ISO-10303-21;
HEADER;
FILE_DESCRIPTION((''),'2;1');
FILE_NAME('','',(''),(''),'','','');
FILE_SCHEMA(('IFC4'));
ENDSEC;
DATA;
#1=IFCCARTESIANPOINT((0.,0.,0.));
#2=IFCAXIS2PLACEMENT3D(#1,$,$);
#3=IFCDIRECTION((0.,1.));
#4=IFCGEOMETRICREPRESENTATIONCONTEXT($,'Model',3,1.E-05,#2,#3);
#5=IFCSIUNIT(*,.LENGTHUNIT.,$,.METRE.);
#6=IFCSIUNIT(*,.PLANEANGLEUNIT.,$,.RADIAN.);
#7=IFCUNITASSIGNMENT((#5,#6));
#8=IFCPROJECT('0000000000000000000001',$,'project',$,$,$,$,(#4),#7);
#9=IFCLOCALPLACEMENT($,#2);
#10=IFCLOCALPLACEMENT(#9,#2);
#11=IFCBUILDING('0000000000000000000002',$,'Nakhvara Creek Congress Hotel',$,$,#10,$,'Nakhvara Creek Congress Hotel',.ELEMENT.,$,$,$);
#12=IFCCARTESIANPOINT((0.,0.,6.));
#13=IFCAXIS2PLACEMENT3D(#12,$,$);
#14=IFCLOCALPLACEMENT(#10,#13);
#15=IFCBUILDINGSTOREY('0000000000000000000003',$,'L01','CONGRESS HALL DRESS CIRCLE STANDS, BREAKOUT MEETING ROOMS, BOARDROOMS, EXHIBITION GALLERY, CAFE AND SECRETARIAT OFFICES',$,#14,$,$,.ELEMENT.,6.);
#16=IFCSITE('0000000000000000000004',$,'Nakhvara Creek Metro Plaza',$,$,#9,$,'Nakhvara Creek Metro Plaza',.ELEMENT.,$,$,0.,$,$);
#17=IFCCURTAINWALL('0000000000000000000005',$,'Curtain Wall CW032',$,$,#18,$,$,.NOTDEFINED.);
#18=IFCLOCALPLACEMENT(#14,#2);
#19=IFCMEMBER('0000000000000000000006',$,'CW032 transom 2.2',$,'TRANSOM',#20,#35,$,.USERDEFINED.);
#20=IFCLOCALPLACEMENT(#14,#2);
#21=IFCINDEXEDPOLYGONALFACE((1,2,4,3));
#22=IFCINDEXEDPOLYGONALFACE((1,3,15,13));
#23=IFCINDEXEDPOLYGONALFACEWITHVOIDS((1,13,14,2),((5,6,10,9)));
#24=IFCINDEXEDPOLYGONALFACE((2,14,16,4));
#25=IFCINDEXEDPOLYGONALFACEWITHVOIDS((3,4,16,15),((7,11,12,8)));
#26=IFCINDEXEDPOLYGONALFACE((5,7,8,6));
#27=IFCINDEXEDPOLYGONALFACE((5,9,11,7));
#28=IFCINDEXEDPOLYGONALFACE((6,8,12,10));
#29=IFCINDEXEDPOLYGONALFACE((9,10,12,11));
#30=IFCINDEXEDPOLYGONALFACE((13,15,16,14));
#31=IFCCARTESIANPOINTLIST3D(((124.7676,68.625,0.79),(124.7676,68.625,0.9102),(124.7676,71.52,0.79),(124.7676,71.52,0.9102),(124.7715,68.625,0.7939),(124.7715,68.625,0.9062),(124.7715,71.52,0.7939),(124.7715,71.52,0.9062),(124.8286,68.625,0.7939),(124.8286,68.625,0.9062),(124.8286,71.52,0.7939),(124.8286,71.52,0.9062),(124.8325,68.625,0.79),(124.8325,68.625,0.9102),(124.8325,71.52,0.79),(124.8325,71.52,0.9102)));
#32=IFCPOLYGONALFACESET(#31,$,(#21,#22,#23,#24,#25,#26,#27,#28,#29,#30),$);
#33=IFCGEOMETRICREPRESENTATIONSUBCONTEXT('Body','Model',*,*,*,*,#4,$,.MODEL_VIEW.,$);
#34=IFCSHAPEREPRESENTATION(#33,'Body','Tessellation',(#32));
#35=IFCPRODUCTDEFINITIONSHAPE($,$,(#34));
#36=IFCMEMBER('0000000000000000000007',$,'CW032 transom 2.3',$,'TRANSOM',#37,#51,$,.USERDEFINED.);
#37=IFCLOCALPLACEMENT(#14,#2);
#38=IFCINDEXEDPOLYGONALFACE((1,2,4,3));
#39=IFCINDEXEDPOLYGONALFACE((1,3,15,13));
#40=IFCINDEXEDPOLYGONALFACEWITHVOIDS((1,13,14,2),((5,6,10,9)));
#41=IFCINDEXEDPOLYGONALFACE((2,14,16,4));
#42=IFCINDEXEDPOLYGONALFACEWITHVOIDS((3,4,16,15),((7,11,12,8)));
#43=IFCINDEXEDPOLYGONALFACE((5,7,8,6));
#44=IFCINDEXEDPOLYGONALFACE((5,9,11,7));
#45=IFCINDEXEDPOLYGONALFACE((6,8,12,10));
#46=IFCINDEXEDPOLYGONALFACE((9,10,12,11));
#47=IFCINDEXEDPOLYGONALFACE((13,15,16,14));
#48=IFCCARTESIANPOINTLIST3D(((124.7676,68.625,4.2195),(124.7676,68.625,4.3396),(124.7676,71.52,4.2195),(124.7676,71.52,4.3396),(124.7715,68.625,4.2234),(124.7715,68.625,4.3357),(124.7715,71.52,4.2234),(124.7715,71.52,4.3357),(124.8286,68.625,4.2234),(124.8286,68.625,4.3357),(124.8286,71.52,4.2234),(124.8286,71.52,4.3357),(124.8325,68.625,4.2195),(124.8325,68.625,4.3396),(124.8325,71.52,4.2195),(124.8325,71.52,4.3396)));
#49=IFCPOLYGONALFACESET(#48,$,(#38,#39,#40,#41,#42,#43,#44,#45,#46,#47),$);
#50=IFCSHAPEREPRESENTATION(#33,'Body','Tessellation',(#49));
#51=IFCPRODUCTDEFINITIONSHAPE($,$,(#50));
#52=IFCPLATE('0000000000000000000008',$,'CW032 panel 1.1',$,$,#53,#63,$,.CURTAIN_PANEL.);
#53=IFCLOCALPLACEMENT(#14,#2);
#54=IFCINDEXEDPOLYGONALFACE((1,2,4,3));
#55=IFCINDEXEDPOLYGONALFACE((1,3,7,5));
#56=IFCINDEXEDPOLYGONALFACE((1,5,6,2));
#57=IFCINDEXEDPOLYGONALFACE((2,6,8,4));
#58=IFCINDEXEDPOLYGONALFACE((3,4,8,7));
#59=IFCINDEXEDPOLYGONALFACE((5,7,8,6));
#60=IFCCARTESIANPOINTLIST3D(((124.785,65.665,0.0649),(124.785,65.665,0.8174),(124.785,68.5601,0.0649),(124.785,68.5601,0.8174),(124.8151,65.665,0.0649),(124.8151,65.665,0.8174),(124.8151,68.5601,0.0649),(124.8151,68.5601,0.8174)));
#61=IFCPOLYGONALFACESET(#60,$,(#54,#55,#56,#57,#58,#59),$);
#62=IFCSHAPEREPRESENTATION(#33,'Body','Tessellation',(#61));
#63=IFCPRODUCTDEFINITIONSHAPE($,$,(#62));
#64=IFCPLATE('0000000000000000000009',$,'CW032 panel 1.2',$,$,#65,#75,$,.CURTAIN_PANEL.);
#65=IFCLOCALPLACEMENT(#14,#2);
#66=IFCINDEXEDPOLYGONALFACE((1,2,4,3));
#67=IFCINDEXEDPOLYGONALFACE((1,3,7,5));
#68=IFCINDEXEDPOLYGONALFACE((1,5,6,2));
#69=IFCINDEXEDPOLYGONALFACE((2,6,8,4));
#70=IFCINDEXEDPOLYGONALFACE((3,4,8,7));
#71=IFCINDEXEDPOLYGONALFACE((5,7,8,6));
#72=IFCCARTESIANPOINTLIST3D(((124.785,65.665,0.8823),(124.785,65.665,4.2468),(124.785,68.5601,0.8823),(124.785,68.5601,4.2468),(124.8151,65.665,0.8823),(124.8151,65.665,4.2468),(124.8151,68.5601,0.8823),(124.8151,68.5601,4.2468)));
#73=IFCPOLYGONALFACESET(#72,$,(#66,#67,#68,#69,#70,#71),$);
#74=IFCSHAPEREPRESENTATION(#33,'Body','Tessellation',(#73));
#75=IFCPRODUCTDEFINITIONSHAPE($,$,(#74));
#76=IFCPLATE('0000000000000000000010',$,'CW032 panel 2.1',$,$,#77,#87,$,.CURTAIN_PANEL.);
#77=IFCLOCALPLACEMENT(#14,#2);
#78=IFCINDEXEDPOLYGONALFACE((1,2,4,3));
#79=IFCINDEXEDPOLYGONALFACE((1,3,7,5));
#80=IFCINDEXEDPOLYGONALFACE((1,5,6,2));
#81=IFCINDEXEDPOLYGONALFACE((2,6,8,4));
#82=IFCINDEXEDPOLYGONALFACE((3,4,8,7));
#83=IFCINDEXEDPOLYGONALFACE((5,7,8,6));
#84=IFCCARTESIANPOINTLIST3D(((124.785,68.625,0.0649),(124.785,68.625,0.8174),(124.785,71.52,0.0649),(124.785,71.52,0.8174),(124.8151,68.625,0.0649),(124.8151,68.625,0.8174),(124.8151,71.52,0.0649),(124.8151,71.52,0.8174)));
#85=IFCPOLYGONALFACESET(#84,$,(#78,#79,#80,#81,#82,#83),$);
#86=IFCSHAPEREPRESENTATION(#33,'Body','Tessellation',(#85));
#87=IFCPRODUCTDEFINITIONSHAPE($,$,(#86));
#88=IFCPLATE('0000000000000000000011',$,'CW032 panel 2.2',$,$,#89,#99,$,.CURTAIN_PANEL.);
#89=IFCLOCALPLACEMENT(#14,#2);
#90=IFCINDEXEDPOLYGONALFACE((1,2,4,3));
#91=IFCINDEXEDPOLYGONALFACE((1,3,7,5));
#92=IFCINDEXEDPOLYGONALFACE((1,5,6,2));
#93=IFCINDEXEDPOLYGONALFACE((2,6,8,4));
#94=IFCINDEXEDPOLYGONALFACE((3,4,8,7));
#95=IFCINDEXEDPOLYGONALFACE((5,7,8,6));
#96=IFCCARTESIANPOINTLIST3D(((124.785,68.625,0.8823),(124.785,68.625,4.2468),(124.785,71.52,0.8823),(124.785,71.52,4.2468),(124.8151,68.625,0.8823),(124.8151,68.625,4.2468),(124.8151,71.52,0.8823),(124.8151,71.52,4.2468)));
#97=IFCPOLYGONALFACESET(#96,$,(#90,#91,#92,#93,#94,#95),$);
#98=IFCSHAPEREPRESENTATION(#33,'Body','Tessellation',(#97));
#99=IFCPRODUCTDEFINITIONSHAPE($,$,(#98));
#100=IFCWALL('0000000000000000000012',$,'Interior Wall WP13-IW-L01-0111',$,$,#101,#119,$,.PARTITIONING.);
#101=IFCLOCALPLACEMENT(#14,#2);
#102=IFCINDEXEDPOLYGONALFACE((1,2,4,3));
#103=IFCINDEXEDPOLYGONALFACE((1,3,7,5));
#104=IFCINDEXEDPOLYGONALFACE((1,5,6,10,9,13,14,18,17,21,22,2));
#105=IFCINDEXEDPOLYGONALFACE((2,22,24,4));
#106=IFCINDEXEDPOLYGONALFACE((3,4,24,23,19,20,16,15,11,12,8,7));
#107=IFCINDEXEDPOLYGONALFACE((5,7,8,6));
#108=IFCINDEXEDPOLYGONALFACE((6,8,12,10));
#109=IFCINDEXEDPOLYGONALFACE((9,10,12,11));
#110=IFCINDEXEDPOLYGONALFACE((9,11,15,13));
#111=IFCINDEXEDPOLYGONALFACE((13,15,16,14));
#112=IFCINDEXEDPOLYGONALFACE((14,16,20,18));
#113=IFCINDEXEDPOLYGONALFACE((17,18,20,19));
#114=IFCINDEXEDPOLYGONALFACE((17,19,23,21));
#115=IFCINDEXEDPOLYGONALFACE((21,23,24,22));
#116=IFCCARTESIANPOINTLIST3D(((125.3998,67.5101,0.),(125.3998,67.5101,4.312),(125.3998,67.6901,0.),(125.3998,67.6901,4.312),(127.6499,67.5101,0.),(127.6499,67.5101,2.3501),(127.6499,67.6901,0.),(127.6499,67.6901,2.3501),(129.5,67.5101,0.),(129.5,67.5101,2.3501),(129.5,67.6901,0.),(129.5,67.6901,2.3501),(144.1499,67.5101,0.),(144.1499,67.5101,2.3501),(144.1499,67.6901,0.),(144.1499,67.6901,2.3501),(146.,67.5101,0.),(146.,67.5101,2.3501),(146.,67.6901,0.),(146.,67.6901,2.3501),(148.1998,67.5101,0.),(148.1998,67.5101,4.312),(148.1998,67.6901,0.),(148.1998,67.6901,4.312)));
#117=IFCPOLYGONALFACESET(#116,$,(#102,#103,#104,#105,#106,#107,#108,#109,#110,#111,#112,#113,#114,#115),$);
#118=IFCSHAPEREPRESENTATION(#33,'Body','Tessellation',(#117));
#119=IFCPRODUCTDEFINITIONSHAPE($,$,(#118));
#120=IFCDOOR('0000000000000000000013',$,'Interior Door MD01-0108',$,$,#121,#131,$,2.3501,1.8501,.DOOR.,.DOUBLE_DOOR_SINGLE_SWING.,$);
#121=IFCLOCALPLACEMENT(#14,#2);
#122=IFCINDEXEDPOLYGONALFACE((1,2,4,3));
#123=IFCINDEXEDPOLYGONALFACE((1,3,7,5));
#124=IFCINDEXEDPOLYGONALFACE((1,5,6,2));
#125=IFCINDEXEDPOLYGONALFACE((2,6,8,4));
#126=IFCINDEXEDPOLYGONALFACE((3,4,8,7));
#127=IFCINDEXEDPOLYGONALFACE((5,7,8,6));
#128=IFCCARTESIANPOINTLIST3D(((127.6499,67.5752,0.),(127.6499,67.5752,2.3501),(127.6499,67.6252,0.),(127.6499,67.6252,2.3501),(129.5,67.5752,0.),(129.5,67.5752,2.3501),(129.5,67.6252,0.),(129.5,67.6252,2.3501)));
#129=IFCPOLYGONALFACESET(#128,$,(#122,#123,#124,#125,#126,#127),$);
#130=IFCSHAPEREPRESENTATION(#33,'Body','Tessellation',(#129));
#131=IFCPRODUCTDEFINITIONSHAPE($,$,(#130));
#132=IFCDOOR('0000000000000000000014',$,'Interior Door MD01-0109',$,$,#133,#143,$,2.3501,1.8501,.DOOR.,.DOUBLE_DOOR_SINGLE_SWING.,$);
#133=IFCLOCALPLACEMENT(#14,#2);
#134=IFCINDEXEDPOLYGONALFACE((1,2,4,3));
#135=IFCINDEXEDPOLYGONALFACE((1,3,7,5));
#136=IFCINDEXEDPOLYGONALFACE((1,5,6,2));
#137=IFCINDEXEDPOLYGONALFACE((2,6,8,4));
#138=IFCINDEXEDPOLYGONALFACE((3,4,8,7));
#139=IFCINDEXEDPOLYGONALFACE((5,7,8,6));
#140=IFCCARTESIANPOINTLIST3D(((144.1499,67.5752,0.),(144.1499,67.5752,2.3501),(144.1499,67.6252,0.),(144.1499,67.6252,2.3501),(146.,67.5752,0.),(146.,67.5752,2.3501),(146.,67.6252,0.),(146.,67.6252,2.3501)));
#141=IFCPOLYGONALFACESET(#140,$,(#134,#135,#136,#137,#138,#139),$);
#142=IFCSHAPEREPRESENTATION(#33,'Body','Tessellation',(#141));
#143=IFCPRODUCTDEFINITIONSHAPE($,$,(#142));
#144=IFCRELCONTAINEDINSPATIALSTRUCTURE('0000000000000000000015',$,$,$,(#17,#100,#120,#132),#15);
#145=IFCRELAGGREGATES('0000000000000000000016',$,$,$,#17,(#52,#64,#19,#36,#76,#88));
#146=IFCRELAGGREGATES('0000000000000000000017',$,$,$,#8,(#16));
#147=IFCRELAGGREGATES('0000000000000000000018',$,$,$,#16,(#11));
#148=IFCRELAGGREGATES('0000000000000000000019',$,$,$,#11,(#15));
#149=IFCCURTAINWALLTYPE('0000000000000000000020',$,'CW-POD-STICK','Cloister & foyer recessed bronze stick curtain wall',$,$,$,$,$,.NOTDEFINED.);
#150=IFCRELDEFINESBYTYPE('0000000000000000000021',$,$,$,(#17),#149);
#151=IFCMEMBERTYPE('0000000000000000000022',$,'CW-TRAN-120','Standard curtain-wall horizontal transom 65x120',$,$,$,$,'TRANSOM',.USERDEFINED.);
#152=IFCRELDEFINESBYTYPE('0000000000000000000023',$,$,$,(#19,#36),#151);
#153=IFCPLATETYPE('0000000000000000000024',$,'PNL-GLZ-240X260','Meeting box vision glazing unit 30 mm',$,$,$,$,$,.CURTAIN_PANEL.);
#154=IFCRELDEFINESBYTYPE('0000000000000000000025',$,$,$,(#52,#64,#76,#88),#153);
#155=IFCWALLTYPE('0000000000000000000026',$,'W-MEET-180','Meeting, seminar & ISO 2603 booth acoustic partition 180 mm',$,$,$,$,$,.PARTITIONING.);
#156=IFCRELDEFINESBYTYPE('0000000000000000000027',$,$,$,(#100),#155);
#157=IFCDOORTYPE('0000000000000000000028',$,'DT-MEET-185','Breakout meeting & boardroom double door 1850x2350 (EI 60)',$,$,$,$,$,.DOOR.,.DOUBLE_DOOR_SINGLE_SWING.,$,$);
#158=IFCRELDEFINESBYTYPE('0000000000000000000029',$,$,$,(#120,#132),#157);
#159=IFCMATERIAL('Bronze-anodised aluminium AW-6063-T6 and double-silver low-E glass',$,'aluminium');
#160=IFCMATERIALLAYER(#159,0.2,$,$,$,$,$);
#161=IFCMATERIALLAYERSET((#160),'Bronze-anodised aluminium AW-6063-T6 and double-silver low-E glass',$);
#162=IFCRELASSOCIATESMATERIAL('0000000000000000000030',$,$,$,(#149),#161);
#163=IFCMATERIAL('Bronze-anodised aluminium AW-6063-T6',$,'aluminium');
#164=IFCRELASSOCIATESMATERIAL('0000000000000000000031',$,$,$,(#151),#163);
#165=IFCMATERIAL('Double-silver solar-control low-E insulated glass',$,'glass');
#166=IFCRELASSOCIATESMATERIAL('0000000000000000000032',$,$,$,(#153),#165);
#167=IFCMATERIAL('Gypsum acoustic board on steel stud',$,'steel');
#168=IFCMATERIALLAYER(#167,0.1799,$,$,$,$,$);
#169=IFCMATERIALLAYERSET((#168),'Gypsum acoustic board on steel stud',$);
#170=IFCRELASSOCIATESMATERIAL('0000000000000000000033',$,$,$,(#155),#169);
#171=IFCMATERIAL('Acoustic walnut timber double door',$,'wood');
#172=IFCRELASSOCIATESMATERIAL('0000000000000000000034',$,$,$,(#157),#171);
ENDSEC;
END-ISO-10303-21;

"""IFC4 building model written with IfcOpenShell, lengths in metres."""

from ifc_helpers import new_model, si_unit, direction, frame, frame_2d, origin, origin_2d, place, context, subcontext, project, spatial, rectangle, hollow_rectangle, extrude, material, layer, layer_set, material_profile, profile_set, type_object, element, fill, aggregate, save


model = new_model("IFC4")

# Units and contexts
model_context = context("Model", 3, precision=1e-05, world=origin(), true_north=direction((0.0, 1.0)))
body_context = subcontext(model_context, "Body", "Model", "MODEL_VIEW")
ifc_project = project(units=[si_unit("LENGTHUNIT", "METRE"), si_unit("PLANEANGLEUNIT", "RADIAN")], contexts=[model_context])

# Site, building, storey
site_placement = place(None, origin())
site = spatial("IfcSite", under=ifc_project, at=site_placement, Name="Nakhvara Creek Metro Plaza", LongName="Nakhvara Creek Metro Plaza", CompositionType="ELEMENT", RefElevation=0.0)
building_placement = place(site_placement, origin())
building = spatial("IfcBuilding", under=site, at=building_placement, Name="Nakhvara Creek Congress Hotel", LongName="Nakhvara Creek Congress Hotel", CompositionType="ELEMENT")
storey_placement = place(building_placement, frame((0.0, 0.0, 6.0)))
storey = spatial("IfcBuildingStorey", under=building, at=storey_placement, Name="L01", Description="CONGRESS HALL DRESS CIRCLE STANDS, BREAKOUT MEETING ROOMS, BOARDROOMS, EXHIBITION GALLERY, CAFE AND SECRETARIAT OFFICES", CompositionType="ELEMENT", Elevation=6.0)

# Shared definitions
ifc_material_1 = material(Name="Bronze-anodised aluminium AW-6063-T6 and double-silver low-E glass", Category="aluminium")
ifc_layer_1 = layer(ifc_material_1, 0.2)
ifc_layer_set_1 = layer_set([ifc_layer_1], Name="Bronze-anodised aluminium AW-6063-T6 and double-silver low-E glass")
curtain_wall_type = type_object("IfcCurtainWallType", Name="CW-POD-STICK", Description="Cloister & foyer recessed bronze stick curtain wall", PredefinedType="NOTDEFINED", material=ifc_layer_set_1)
ifc_material_2 = material(Name="Bronze-anodised aluminium AW-6063-T6", Category="aluminium")

# Curtain wall, members, plates
curtain_wall_1_placement = place(storey_placement, origin())
curtain_wall_1 = element("IfcCurtainWall", 1, at=curtain_wall_1_placement, inside=storey, type_object=curtain_wall_type, Name="Curtain Wall CW032", PredefinedType="NOTDEFINED")
ifc_material_profile_1 = material_profile(ifc_material_2, hollow_rectangle(XDim=0.0649, YDim=0.1201, WallThickness=0.0039, at=origin_2d()), Name="ALU-TRAN 65x120x4", Category="LoadBearing")
ifc_profile_set_1 = profile_set([ifc_material_profile_1], Name="Bronze-anodised aluminium AW-6063-T6")
member_type_1 = type_object("IfcMemberType", Name="CW-TRAN-120", Description="Standard curtain-wall horizontal transom 65x120", ElementType="TRANSOM", PredefinedType="USERDEFINED", material=ifc_profile_set_1)
member_1_placement = place(storey_placement, frame((124.8, 68.625, 0.8501), z_axis=(0.0, 1.0, 0.0), x_axis=(-1.0, 0.0, 0.0)))
member_1 = element("IfcMember", 2, at=member_1_placement, type_object=member_type_1, Name="CW032 transom 2.2", ObjectType="TRANSOM", PredefinedType="USERDEFINED", context=body_context, shape_type="SweptSolid", body=[
    extrude(hollow_rectangle(XDim=0.0649, YDim=0.1201, WallThickness=0.0039, at=origin_2d()), origin(), (0.0, 0.0, 1.0), 2.895),
])
member_2_placement = place(storey_placement, frame((124.8, 68.625, 4.2795), z_axis=(0.0, 1.0, 0.0), x_axis=(-1.0, 0.0, 0.0)))
member_2 = element("IfcMember", 3, at=member_2_placement, type_object=member_type_1, Name="CW032 transom 2.3", ObjectType="TRANSOM", PredefinedType="USERDEFINED", context=body_context, shape_type="SweptSolid", body=[
    extrude(hollow_rectangle(XDim=0.0649, YDim=0.1201, WallThickness=0.0039, at=origin_2d()), origin(), (0.0, 0.0, 1.0), 2.895),
])
ifc_material_3 = material(Name="Double-silver solar-control low-E insulated glass", Category="glass")
plate_type = type_object("IfcPlateType", Name="PNL-GLZ-240X260", Description="Meeting box vision glazing unit 30 mm", PredefinedType="CURTAIN_PANEL", material=ifc_material_3)
plate_1_placement = place(storey_placement, frame((124.8, 67.1125, 0.0649), z_axis=(0.0, 0.0, 1.0), x_axis=(0.0, 1.0, 0.0)))
plate_1 = element("IfcPlate", 4, at=plate_1_placement, type_object=plate_type, Name="CW032 panel 1.1", PredefinedType="CURTAIN_PANEL", context=body_context, shape_type="SweptSolid", body=[
    extrude(rectangle(XDim=2.895, YDim=0.03, at=origin_2d()), origin(), (0.0, 0.0, 1.0), 0.7524),
])
plate_2_placement = place(storey_placement, frame((124.8, 67.1125, 0.8823), z_axis=(0.0, 0.0, 1.0), x_axis=(0.0, 1.0, 0.0)))
plate_2 = element("IfcPlate", 5, at=plate_2_placement, type_object=plate_type, Name="CW032 panel 1.2", PredefinedType="CURTAIN_PANEL", context=body_context, shape_type="SweptSolid", body=[
    extrude(rectangle(XDim=2.895, YDim=0.03, at=origin_2d()), origin(), (0.0, 0.0, 1.0), 3.3645),
])
plate_3_placement = place(storey_placement, frame((124.8, 70.0725, 0.0649), z_axis=(0.0, 0.0, 1.0), x_axis=(0.0, 1.0, 0.0)))
plate_3 = element("IfcPlate", 6, at=plate_3_placement, type_object=plate_type, Name="CW032 panel 2.1", PredefinedType="CURTAIN_PANEL", context=body_context, shape_type="SweptSolid", body=[
    extrude(rectangle(XDim=2.895, YDim=0.03, at=origin_2d()), origin(), (0.0, 0.0, 1.0), 0.7524),
])
plate_4_placement = place(storey_placement, frame((124.8, 70.0725, 0.8823), z_axis=(0.0, 0.0, 1.0), x_axis=(0.0, 1.0, 0.0)))
plate_4 = element("IfcPlate", 7, at=plate_4_placement, type_object=plate_type, Name="CW032 panel 2.2", PredefinedType="CURTAIN_PANEL", context=body_context, shape_type="SweptSolid", body=[
    extrude(rectangle(XDim=2.895, YDim=0.03, at=origin_2d()), origin(), (0.0, 0.0, 1.0), 3.3645),
])
aggregate(curtain_wall_1, [plate_1, plate_2, member_1, member_2, plate_3, plate_4])

# Wall, openings, doors
ifc_material_4 = material(Name="Gypsum acoustic board on steel stud", Category="steel")
ifc_layer_2 = layer(ifc_material_4, 0.1799)
ifc_layer_set_2 = layer_set([ifc_layer_2], Name="Gypsum acoustic board on steel stud")
wall_type = type_object("IfcWallType", Name="W-MEET-180", Description="Meeting, seminar & ISO 2603 booth acoustic partition 180 mm", PredefinedType="PARTITIONING", material=ifc_layer_set_2)
wall_placement = place(storey_placement, frame((125.3999, 67.6001, 0.0), z_axis=(0.0, 0.0, 1.0), x_axis=(1.0, 0.0, 0.0)))
wall = element("IfcWall", 8, at=wall_placement, inside=storey, type_object=wall_type, Name="Interior Wall WP13-IW-L01-0111", PredefinedType="PARTITIONING", context=body_context, shape_type="SweptSolid", body=[
    extrude(rectangle(XDim=22.8, YDim=0.1799, at=frame_2d((11.3999, 0.0))), origin(), (0.0, 0.0, 1.0), 4.312),
])
opening_1_placement = place(wall_placement, frame((2.25, 0.0, 0.0)))
opening_1 = element("IfcOpeningElement", 9, at=opening_1_placement, cuts=wall, PredefinedType="OPENING", context=body_context, shape_type="SweptSolid", body=[
    extrude(rectangle(XDim=1.8501, YDim=2.3501, at=frame_2d((0.925, 1.175))), frame((0.0, 0.1021, 0.0), z_axis=(0.0, -1.0, 0.0), x_axis=(1.0, 0.0, 0.0)), (0.0, 0.0, 1.0), 0.2039),
])
opening_2_placement = place(wall_placement, frame((18.75, 0.0, 0.0)))
opening_2 = element("IfcOpeningElement", 10, at=opening_2_placement, cuts=wall, PredefinedType="OPENING", context=body_context, shape_type="SweptSolid", body=[
    extrude(rectangle(XDim=1.8501, YDim=2.3501, at=frame_2d((0.925, 1.175))), frame((0.0, 0.1021, 0.0), z_axis=(0.0, -1.0, 0.0), x_axis=(1.0, 0.0, 0.0)), (0.0, 0.0, 1.0), 0.2039),
])
ifc_material_5 = material(Name="Acoustic walnut timber double door", Category="wood")
door_type = type_object("IfcDoorType", Name="DT-MEET-185", Description="Breakout meeting & boardroom double door 1850x2350 (EI 60)", OperationType="DOUBLE_DOOR_SINGLE_SWING", PredefinedType="DOOR", material=ifc_material_5)
door_1_placement = place(opening_1_placement, frame((1.8501, 0.0, 0.0), z_axis=(0.0, 0.0, 1.0), x_axis=(-1.0, 0.0, 0.0)))
door_1 = element("IfcDoor", 11, at=door_1_placement, inside=storey, type_object=door_type, Name="Interior Door MD01-0108", OperationType="DOUBLE_DOOR_SINGLE_SWING", OverallHeight=2.3501, OverallWidth=1.8501, PredefinedType="DOOR", context=body_context, shape_type="SweptSolid", body=[
    extrude(rectangle(XDim=1.8501, YDim=2.3501, at=frame_2d((0.925, 1.175))), frame((0.0, 0.0249, 0.0), z_axis=(0.0, -1.0, 0.0), x_axis=(1.0, 0.0, 0.0)), (0.0, 0.0, 1.0), 0.05),
])
fill(opening_1, door_1)
door_2_placement = place(opening_2_placement, frame((1.8501, 0.0, 0.0), z_axis=(0.0, 0.0, 1.0), x_axis=(-1.0, 0.0, 0.0)))
door_2 = element("IfcDoor", 12, at=door_2_placement, inside=storey, type_object=door_type, Name="Interior Door MD01-0109", OperationType="DOUBLE_DOOR_SINGLE_SWING", OverallHeight=2.3501, OverallWidth=1.8501, PredefinedType="DOOR", context=body_context, shape_type="SweptSolid", body=[
    extrude(rectangle(XDim=1.8501, YDim=2.3501, at=frame_2d((0.925, 1.175))), frame((0.0, 0.0249, 0.0), z_axis=(0.0, -1.0, 0.0), x_axis=(1.0, 0.0, 0.0)), (0.0, 0.0, 1.0), 0.05),
])
fill(opening_2, door_2)

save(model, "model.ifc")
